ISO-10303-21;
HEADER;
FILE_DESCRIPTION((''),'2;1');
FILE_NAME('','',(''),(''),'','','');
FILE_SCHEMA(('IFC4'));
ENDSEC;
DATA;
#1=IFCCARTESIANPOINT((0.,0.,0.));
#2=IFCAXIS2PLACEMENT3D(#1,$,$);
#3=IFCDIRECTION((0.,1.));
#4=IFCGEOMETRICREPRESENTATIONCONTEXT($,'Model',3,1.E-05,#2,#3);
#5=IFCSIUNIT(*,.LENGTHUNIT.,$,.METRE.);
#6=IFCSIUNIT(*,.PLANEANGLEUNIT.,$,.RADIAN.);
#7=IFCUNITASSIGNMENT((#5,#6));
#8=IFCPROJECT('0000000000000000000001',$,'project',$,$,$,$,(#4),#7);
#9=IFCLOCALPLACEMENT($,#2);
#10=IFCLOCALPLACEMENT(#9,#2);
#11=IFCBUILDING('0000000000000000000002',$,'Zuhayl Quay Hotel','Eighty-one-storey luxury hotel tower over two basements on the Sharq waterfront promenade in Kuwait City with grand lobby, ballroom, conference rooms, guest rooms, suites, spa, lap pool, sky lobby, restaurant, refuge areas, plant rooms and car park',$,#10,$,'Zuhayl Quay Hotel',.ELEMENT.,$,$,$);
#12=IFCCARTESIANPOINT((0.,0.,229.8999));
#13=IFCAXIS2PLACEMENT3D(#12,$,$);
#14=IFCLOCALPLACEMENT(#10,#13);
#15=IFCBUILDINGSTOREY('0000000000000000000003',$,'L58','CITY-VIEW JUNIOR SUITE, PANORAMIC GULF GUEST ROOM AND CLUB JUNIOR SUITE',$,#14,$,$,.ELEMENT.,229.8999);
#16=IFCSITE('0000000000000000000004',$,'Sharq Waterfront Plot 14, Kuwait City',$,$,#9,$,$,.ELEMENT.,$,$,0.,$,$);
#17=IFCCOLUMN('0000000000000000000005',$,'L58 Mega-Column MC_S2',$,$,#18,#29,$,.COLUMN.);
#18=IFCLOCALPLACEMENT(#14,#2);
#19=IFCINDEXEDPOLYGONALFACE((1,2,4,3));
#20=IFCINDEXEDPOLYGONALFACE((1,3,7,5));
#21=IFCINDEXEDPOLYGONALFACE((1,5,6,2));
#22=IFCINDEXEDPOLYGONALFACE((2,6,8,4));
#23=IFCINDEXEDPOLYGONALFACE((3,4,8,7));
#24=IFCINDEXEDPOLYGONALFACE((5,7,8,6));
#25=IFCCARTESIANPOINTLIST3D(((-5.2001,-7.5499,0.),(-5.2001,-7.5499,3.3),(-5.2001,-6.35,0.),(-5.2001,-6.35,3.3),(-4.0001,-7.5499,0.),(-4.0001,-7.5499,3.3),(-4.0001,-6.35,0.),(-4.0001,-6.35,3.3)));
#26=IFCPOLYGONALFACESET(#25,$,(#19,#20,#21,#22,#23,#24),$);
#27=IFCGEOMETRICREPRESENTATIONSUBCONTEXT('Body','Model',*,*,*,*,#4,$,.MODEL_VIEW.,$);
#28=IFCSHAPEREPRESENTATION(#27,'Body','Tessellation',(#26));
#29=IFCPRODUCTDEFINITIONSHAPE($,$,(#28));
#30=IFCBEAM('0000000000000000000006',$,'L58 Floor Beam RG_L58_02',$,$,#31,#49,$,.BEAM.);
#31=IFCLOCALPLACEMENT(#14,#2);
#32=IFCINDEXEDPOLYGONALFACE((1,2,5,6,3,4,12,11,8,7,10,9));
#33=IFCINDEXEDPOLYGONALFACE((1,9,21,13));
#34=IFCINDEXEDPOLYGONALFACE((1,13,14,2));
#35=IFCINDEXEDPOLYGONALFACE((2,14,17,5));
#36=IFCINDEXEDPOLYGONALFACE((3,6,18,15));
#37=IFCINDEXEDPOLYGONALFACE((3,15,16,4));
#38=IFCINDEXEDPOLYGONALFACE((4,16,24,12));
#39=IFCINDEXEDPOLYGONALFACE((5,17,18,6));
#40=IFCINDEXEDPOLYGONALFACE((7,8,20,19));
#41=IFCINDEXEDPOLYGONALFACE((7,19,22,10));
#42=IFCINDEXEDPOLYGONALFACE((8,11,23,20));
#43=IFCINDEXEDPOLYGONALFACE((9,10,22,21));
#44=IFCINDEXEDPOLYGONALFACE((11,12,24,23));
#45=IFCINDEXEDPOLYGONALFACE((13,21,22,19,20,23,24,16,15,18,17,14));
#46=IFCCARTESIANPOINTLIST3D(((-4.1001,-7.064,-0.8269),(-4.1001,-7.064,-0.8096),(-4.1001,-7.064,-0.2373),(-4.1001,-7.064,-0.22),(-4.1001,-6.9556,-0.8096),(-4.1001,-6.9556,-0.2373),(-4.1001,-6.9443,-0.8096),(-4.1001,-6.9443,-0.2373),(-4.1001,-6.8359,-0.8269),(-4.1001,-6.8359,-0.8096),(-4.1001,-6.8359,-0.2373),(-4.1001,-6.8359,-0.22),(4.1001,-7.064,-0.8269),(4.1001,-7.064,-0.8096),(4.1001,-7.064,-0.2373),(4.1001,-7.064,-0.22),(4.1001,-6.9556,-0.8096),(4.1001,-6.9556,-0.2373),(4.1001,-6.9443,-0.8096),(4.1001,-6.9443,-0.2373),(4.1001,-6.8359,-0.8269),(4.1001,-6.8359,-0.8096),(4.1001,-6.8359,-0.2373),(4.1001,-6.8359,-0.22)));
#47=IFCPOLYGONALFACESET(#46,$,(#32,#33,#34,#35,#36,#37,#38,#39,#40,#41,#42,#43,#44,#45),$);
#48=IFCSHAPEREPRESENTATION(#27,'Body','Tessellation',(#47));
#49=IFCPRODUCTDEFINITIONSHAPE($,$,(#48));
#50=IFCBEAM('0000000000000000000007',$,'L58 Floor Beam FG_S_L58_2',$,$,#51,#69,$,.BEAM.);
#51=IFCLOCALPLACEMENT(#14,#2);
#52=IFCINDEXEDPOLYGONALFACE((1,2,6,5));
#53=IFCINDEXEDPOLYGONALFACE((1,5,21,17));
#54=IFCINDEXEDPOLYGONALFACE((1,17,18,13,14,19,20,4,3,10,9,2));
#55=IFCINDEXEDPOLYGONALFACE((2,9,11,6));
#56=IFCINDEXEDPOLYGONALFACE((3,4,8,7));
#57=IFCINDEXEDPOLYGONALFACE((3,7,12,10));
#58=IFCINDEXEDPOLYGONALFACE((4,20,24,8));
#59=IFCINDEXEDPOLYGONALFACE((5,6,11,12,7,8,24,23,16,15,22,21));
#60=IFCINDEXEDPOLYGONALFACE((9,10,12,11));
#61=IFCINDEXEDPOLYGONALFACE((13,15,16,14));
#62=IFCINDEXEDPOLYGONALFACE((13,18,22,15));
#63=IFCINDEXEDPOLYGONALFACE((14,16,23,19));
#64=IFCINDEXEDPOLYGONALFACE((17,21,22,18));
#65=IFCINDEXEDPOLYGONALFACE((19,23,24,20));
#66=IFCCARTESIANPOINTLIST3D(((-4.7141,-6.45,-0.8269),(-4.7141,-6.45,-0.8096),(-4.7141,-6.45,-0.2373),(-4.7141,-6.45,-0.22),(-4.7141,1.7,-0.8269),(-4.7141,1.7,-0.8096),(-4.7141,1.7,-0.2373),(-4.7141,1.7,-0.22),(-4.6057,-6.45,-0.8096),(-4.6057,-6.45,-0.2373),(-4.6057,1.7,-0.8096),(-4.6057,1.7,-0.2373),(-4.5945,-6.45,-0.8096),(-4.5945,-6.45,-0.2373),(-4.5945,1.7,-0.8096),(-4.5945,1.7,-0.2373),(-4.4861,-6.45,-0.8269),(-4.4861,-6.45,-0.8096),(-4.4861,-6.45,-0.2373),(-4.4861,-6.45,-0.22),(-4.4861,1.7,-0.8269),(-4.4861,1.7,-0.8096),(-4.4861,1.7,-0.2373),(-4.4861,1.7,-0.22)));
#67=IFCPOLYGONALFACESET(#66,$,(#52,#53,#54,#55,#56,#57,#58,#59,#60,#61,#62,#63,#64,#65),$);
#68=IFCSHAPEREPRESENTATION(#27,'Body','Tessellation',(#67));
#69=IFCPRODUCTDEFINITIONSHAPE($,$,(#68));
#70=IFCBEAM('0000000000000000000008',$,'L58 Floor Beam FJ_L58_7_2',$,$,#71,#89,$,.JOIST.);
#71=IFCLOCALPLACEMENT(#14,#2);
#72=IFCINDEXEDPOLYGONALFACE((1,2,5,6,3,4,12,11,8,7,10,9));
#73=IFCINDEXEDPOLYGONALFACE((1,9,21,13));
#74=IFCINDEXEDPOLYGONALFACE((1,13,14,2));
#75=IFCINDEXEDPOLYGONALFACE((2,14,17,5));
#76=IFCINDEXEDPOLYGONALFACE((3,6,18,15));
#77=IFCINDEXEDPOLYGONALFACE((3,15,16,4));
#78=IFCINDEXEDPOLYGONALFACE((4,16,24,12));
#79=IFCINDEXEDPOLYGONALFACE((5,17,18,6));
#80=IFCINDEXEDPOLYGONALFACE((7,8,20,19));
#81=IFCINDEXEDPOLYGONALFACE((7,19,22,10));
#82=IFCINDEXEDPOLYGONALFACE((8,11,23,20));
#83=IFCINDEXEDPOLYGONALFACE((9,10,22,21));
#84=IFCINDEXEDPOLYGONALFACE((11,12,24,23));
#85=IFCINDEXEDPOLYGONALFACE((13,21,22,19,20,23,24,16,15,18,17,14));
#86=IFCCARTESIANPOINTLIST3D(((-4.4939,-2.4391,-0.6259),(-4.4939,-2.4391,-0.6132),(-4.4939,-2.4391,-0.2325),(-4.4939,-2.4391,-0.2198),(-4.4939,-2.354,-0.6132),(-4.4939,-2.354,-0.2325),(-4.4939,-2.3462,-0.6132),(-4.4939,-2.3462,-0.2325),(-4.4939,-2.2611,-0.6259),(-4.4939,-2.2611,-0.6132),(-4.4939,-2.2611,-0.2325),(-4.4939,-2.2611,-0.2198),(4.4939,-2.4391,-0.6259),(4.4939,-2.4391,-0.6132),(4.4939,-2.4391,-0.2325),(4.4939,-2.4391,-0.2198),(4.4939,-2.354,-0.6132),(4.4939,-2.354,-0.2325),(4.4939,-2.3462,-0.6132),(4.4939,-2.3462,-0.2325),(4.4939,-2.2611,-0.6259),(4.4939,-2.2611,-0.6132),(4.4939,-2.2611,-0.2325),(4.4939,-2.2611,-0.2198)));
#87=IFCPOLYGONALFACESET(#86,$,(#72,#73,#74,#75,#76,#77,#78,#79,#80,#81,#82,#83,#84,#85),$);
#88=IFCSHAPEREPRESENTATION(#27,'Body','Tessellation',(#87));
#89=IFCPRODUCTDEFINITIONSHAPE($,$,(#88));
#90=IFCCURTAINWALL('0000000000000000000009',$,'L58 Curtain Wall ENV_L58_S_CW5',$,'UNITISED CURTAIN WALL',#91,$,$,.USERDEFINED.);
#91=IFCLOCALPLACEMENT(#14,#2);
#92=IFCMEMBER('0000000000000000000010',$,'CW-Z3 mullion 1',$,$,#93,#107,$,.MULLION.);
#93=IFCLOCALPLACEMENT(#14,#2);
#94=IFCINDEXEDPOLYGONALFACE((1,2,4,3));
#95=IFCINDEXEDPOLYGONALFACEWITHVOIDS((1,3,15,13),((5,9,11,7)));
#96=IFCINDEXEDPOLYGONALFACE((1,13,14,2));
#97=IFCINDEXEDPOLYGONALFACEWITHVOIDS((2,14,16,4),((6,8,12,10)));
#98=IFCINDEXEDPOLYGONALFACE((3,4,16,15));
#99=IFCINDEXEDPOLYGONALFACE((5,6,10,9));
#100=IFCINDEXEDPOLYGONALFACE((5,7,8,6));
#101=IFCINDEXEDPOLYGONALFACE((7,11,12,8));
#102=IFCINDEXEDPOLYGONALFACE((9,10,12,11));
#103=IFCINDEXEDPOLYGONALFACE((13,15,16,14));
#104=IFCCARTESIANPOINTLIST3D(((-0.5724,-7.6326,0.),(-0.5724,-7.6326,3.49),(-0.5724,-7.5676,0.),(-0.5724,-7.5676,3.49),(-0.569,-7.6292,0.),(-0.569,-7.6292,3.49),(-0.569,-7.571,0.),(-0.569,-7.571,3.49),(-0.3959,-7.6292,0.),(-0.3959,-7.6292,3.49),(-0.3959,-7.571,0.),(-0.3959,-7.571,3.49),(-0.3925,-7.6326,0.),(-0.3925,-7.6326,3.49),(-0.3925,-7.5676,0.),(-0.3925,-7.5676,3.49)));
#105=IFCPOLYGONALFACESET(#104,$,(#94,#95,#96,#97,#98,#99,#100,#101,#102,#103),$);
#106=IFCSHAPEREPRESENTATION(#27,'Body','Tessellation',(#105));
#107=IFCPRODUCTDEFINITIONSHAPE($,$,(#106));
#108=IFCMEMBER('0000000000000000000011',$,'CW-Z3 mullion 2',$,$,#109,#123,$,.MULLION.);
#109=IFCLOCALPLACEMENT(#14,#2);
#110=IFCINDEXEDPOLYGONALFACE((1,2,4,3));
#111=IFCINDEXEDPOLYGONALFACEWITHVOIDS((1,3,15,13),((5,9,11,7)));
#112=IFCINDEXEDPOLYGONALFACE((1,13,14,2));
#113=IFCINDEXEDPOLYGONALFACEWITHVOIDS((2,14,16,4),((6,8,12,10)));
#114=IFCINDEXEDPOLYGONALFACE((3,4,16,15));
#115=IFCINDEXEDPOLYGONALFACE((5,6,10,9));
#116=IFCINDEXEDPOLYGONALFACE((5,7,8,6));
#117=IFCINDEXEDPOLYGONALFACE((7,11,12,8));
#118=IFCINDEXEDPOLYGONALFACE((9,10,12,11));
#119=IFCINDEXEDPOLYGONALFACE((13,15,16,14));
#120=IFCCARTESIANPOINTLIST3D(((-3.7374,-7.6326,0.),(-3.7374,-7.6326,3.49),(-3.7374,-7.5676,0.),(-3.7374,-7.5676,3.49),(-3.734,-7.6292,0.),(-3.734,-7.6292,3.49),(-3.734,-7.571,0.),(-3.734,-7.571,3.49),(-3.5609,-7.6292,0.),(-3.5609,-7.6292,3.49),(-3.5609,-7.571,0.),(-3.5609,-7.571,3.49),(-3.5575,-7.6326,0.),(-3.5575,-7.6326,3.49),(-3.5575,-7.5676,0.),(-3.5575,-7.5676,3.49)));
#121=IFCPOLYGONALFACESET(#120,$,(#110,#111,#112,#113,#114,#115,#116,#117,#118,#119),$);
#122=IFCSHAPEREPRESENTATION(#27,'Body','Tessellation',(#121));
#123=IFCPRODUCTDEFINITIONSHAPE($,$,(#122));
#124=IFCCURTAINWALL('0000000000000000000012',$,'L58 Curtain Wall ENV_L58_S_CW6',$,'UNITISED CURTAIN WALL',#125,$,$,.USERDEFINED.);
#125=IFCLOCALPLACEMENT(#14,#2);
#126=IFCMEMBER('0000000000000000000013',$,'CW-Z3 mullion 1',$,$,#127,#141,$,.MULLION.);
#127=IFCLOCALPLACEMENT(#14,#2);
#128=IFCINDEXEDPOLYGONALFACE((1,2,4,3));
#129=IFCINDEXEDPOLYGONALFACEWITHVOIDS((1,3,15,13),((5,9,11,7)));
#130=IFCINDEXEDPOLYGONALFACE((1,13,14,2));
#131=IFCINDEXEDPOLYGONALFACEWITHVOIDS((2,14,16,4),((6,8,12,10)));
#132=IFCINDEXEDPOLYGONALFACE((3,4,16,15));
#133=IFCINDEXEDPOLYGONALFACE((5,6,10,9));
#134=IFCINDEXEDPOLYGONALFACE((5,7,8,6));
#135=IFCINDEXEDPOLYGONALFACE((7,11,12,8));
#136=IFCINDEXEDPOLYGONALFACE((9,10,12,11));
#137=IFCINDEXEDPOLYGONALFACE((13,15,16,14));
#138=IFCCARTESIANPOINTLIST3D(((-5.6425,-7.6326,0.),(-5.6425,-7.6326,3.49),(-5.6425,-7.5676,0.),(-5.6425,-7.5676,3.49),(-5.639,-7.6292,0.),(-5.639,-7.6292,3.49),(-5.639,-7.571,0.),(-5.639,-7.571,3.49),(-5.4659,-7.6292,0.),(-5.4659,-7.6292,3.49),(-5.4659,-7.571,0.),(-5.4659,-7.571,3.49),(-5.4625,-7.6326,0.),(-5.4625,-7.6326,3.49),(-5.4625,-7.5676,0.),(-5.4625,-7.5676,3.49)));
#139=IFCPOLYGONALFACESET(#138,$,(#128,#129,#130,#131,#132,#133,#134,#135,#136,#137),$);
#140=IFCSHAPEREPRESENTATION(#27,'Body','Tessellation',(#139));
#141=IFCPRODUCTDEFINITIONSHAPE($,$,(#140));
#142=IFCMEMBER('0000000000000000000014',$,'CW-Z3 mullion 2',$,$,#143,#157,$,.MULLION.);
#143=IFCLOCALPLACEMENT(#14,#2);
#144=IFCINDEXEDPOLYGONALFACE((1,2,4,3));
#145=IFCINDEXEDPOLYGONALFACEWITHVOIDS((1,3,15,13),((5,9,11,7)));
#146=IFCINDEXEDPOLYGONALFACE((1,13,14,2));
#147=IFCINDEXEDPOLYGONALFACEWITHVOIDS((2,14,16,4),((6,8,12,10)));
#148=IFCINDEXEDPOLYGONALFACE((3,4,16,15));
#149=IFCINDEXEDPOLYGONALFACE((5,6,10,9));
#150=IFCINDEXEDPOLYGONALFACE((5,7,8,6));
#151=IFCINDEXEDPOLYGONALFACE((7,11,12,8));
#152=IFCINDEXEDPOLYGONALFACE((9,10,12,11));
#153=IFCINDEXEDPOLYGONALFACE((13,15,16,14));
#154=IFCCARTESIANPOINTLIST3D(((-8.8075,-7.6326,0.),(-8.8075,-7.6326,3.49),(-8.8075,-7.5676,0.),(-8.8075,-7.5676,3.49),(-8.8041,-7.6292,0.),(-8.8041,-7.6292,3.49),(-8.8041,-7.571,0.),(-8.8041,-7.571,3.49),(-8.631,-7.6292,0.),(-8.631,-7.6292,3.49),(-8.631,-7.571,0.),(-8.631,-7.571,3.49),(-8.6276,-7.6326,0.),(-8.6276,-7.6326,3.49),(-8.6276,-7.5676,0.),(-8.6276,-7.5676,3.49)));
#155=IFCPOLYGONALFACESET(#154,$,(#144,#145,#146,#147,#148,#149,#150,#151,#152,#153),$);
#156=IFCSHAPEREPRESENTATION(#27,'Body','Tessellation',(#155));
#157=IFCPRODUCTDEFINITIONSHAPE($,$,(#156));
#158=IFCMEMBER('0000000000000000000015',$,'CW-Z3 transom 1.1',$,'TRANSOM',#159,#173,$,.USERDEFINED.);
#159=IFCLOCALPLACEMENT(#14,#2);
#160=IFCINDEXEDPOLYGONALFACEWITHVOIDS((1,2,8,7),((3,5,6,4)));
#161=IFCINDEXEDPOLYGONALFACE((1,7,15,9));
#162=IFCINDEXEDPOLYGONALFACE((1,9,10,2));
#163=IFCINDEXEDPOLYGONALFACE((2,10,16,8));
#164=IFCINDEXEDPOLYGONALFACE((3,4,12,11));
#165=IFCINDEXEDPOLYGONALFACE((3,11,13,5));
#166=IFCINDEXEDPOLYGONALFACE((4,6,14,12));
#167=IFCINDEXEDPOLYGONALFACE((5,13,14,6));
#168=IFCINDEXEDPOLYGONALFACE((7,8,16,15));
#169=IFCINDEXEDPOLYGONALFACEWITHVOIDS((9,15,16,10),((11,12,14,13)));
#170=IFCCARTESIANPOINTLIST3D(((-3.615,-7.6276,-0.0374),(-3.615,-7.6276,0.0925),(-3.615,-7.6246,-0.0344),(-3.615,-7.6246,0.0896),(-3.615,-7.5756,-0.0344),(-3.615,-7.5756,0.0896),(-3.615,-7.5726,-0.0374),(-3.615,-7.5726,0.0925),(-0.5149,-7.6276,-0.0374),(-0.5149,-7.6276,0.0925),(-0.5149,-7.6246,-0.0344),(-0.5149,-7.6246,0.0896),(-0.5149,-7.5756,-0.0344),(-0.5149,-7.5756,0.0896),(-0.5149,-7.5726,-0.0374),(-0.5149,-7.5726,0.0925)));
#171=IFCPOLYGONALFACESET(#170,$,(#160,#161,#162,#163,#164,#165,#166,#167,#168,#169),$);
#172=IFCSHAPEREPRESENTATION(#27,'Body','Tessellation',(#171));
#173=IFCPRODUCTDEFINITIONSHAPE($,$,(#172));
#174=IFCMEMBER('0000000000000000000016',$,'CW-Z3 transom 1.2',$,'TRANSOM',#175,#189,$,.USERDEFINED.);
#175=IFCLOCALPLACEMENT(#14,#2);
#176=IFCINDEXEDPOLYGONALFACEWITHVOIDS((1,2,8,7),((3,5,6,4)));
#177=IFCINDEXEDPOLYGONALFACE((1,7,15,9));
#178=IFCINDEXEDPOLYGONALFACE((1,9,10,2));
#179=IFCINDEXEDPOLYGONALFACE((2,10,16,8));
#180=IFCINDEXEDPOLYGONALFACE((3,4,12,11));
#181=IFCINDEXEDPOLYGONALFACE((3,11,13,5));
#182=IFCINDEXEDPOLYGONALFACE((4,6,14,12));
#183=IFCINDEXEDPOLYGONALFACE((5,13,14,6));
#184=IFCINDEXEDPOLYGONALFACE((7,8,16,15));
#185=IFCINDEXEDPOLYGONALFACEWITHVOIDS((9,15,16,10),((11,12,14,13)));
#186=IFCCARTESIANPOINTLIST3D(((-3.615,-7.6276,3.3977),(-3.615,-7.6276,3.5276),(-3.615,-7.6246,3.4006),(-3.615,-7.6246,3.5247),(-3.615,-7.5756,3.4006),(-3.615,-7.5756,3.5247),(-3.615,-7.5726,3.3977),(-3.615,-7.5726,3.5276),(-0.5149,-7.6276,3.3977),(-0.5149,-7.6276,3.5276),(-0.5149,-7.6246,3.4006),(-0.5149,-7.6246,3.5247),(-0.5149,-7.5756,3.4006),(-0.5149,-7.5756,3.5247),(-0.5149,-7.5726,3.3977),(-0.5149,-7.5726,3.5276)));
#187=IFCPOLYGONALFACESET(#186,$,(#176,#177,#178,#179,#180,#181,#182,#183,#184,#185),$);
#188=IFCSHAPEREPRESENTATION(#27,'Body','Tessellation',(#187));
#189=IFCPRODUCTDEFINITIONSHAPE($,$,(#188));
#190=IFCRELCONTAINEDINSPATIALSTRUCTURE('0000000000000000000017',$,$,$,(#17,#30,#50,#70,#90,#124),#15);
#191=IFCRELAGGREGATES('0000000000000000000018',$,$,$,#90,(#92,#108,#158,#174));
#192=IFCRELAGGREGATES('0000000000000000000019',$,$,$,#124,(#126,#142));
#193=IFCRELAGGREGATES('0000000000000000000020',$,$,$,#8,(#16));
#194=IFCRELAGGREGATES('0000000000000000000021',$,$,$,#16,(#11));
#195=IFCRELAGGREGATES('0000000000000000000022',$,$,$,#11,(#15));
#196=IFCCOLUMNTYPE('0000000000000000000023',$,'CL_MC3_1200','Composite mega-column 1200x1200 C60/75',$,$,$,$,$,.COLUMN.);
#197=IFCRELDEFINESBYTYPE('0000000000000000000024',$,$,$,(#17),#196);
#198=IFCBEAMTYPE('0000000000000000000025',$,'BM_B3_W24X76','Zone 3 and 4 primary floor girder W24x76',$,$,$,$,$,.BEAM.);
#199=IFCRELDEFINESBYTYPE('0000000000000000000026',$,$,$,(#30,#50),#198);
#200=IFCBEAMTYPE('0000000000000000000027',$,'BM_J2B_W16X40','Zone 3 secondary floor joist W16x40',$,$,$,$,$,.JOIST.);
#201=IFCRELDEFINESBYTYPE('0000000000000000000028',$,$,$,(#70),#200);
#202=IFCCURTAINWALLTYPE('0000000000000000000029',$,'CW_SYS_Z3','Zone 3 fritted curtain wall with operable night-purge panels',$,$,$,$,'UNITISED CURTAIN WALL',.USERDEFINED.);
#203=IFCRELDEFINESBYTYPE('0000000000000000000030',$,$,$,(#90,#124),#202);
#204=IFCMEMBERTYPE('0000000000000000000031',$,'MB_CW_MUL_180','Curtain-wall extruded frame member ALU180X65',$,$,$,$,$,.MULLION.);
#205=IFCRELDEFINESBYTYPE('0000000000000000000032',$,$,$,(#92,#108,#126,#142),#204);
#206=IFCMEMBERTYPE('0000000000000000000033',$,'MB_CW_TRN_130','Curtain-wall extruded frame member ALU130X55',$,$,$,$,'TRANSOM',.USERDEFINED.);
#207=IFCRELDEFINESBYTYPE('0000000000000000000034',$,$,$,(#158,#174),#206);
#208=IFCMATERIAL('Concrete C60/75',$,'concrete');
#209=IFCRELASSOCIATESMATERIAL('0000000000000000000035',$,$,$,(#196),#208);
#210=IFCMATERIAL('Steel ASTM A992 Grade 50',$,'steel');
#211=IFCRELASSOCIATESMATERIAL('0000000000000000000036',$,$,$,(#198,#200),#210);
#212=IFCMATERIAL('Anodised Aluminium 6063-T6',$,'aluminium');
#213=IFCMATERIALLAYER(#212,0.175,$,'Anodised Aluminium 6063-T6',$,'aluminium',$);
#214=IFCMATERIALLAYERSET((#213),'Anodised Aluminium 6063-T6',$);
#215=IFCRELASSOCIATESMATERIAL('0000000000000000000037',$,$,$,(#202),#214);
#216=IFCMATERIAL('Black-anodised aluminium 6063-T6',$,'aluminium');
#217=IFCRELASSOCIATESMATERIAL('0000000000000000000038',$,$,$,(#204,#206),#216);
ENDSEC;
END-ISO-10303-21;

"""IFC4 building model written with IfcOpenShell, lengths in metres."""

from ifc_helpers import new_model, si_unit, direction, frame, origin, origin_2d, place, context, subcontext, project, spatial, rectangle, hollow_rectangle, i_section, extrude, material, layer, layer_set, material_profile, profile_set, type_object, element, aggregate, save


model = new_model("IFC4")

# Units and contexts
model_context = context("Model", 3, precision=1e-05, world=origin(), true_north=direction((0.0, 1.0)))
body_context = subcontext(model_context, "Body", "Model", "MODEL_VIEW")
ifc_project = project(units=[si_unit("LENGTHUNIT", "METRE"), si_unit("PLANEANGLEUNIT", "RADIAN")], contexts=[model_context])

# Site, building, storey
site_placement = place(None, origin())
site = spatial("IfcSite", under=ifc_project, at=site_placement, Name="Sharq Waterfront Plot 14, Kuwait City", CompositionType="ELEMENT", RefElevation=0.0)
building_placement = place(site_placement, origin())
building = spatial("IfcBuilding", under=site, at=building_placement, Name="Zuhayl Quay Hotel", Description="Eighty-one-storey luxury hotel tower over two basements on the Sharq waterfront promenade in Kuwait City with grand lobby, ballroom, conference rooms, guest rooms, suites, spa, lap pool, sky lobby, restaurant, refuge areas, plant rooms and car park", LongName="Zuhayl Quay Hotel", CompositionType="ELEMENT")
storey_placement = place(building_placement, frame((0.0, 0.0, 229.8999)))
storey = spatial("IfcBuildingStorey", under=building, at=storey_placement, Name="L58", Description="CITY-VIEW JUNIOR SUITE, PANORAMIC GULF GUEST ROOM AND CLUB JUNIOR SUITE", CompositionType="ELEMENT", Elevation=229.8999)

# Column
ifc_material_1 = material(Name="Concrete C60/75", Category="concrete")
ifc_material_profile_1 = material_profile(ifc_material_1, rectangle(XDim=1.2, YDim=1.2, at=origin_2d()), Name="RC1200X1200")
ifc_profile_set_1 = profile_set([ifc_material_profile_1], Name="Concrete C60/75")
column_type = type_object("IfcColumnType", Name="CL_MC3_1200", Description="Composite mega-column 1200x1200 C60/75", PredefinedType="COLUMN", material=ifc_profile_set_1)
column_placement = place(storey_placement, frame((-4.6001, -6.95, 0.0), z_axis=(0.0, 0.0, 1.0), x_axis=(1.0, 0.0, 0.0)))
element("IfcColumn", 1, at=column_placement, inside=storey, type_object=column_type, Name="L58 Mega-Column MC_S2", PredefinedType="COLUMN", context=body_context, shape_type="SweptSolid", body=[
    extrude(rectangle(XDim=1.2, YDim=1.2, at=origin_2d()), origin(), (0.0, 0.0, 1.0), 3.3),
])

# Beams
ifc_material_2 = material(Name="Steel ASTM A992 Grade 50", Category="steel")
ifc_material_profile_2 = material_profile(ifc_material_2, i_section(OverallWidth=0.228, OverallDepth=0.6069, WebThickness=0.0112, FlangeThickness=0.0173, at=origin_2d()), Name="W24X76")
ifc_profile_set_2 = profile_set([ifc_material_profile_2], Name="Steel ASTM A992 Grade 50")
beam_type_1 = type_object("IfcBeamType", Name="BM_B3_W24X76", Description="Zone 3 and 4 primary floor girder W24x76", PredefinedType="BEAM", material=ifc_profile_set_2)
beam_1_placement = place(storey_placement, frame((-4.1001, -6.95, -0.5234), z_axis=(1.0, 0.0, 0.0), x_axis=(0.0, 1.0, 0.0)))
element("IfcBeam", 2, at=beam_1_placement, inside=storey, type_object=beam_type_1, Name="L58 Floor Beam RG_L58_02", PredefinedType="BEAM", context=body_context, shape_type="SweptSolid", body=[
    extrude(i_section(OverallWidth=0.228, OverallDepth=0.6069, WebThickness=0.0112, FlangeThickness=0.0173, at=origin_2d()), origin(), (0.0, 0.0, 1.0), 8.2002),
])
beam_2_placement = place(storey_placement, frame((-4.6001, -6.45, -0.5234), z_axis=(0.0, 1.0, 0.0), x_axis=(-1.0, 0.0, 0.0)))
element("IfcBeam", 3, at=beam_2_placement, inside=storey, type_object=beam_type_1, Name="L58 Floor Beam FG_S_L58_2", PredefinedType="BEAM", context=body_context, shape_type="SweptSolid", body=[
    extrude(i_section(OverallWidth=0.228, OverallDepth=0.6069, WebThickness=0.0112, FlangeThickness=0.0173, at=origin_2d()), origin(), (0.0, 0.0, 1.0), 8.1499),
])
ifc_material_profile_3 = material_profile(ifc_material_2, i_section(OverallWidth=0.178, OverallDepth=0.406, WebThickness=0.0078, FlangeThickness=0.0127, at=origin_2d()), Name="W16X40")
ifc_profile_set_3 = profile_set([ifc_material_profile_3], Name="Steel ASTM A992 Grade 50")
beam_type_2 = type_object("IfcBeamType", Name="BM_J2B_W16X40", Description="Zone 3 secondary floor joist W16x40", PredefinedType="JOIST", material=ifc_profile_set_3)
beam_3_placement = place(storey_placement, frame((-4.4939, -2.3501, -0.4229), z_axis=(1.0, 0.0, 0.0), x_axis=(0.0, 1.0, 0.0)))
element("IfcBeam", 4, at=beam_3_placement, inside=storey, type_object=beam_type_2, Name="L58 Floor Beam FJ_L58_7_2", PredefinedType="JOIST", context=body_context, shape_type="SweptSolid", body=[
    extrude(i_section(OverallWidth=0.178, OverallDepth=0.406, WebThickness=0.0078, FlangeThickness=0.0127, at=origin_2d()), origin(), (0.0, 0.0, 1.0), 8.9878),
])

# Curtain walls, members
ifc_material_3 = material(Name="Anodised Aluminium 6063-T6", Category="aluminium")
ifc_layer_1 = layer(ifc_material_3, 0.175, Name="Anodised Aluminium 6063-T6", Category="aluminium")
ifc_layer_set_1 = layer_set([ifc_layer_1], Name="Anodised Aluminium 6063-T6")
curtain_wall_type = type_object("IfcCurtainWallType", Name="CW_SYS_Z3", Description="Zone 3 fritted curtain wall with operable night-purge panels", ElementType="UNITISED CURTAIN WALL", PredefinedType="USERDEFINED", material=ifc_layer_set_1)
curtain_wall_1_placement = place(storey_placement, origin())
curtain_wall_1 = element("IfcCurtainWall", 5, at=curtain_wall_1_placement, inside=storey, type_object=curtain_wall_type, Name="L58 Curtain Wall ENV_L58_S_CW5", ObjectType="UNITISED CURTAIN WALL", PredefinedType="USERDEFINED")
ifc_material_4 = material(Name="Black-anodised aluminium 6063-T6", Category="aluminium")
ifc_material_profile_4 = material_profile(ifc_material_4, hollow_rectangle(XDim=0.0649, YDim=0.1799, WallThickness=0.0034, at=origin_2d()), Name="ALU180X65")
ifc_profile_set_4 = profile_set([ifc_material_profile_4], Name="Black-anodised aluminium 6063-T6")
member_type_1 = type_object("IfcMemberType", Name="MB_CW_MUL_180", Description="Curtain-wall extruded frame member ALU180X65", PredefinedType="MULLION", material=ifc_profile_set_4)
member_1_placement = place(storey_placement, frame((-0.4824, -7.6001, 0.0), z_axis=(0.0, 0.0, 1.0), x_axis=(0.0, -1.0, 0.0)))
member_1 = element("IfcMember", 6, at=member_1_placement, type_object=member_type_1, Name="CW-Z3 mullion 1", PredefinedType="MULLION", context=body_context, shape_type="SweptSolid", body=[
    extrude(hollow_rectangle(XDim=0.0649, YDim=0.1799, WallThickness=0.0034, at=origin_2d()), origin(), (0.0, 0.0, 1.0), 3.49),
])
member_2_placement = place(storey_placement, frame((-3.6475, -7.6001, 0.0), z_axis=(0.0, 0.0, 1.0), x_axis=(0.0, -1.0, 0.0)))
member_2 = element("IfcMember", 7, at=member_2_placement, type_object=member_type_1, Name="CW-Z3 mullion 2", PredefinedType="MULLION", context=body_context, shape_type="SweptSolid", body=[
    extrude(hollow_rectangle(XDim=0.0649, YDim=0.1799, WallThickness=0.0034, at=origin_2d()), origin(), (0.0, 0.0, 1.0), 3.49),
])
curtain_wall_2_placement = place(storey_placement, origin())
curtain_wall_2 = element("IfcCurtainWall", 8, at=curtain_wall_2_placement, inside=storey, type_object=curtain_wall_type, Name="L58 Curtain Wall ENV_L58_S_CW6", ObjectType="UNITISED CURTAIN WALL", PredefinedType="USERDEFINED")
member_3_placement = place(storey_placement, frame((-5.5525, -7.6001, 0.0), z_axis=(0.0, 0.0, 1.0), x_axis=(0.0, -1.0, 0.0)))
member_3 = element("IfcMember", 9, at=member_3_placement, type_object=member_type_1, Name="CW-Z3 mullion 1", PredefinedType="MULLION", context=body_context, shape_type="SweptSolid", body=[
    extrude(hollow_rectangle(XDim=0.0649, YDim=0.1799, WallThickness=0.0034, at=origin_2d()), origin(), (0.0, 0.0, 1.0), 3.49),
])
member_4_placement = place(storey_placement, frame((-8.7175, -7.6001, 0.0), z_axis=(0.0, 0.0, 1.0), x_axis=(0.0, -1.0, 0.0)))
member_4 = element("IfcMember", 10, at=member_4_placement, type_object=member_type_1, Name="CW-Z3 mullion 2", PredefinedType="MULLION", context=body_context, shape_type="SweptSolid", body=[
    extrude(hollow_rectangle(XDim=0.0649, YDim=0.1799, WallThickness=0.0034, at=origin_2d()), origin(), (0.0, 0.0, 1.0), 3.49),
])

# Members
ifc_material_profile_5 = material_profile(ifc_material_4, hollow_rectangle(XDim=0.0549, YDim=0.1299, WallThickness=0.0029, at=origin_2d()), Name="ALU130X55")
ifc_profile_set_5 = profile_set([ifc_material_profile_5], Name="Black-anodised aluminium 6063-T6")
member_type_2 = type_object("IfcMemberType", Name="MB_CW_TRN_130", Description="Curtain-wall extruded frame member ALU130X55", ElementType="TRANSOM", PredefinedType="USERDEFINED", material=ifc_profile_set_5)
member_5_placement = place(storey_placement, frame((-0.5149, -7.6001, 0.0276), z_axis=(-1.0, 0.0, 0.0), x_axis=(0.0, -1.0, 0.0)))
member_5 = element("IfcMember", 11, at=member_5_placement, type_object=member_type_2, Name="CW-Z3 transom 1.1", ObjectType="TRANSOM", PredefinedType="USERDEFINED", context=body_context, shape_type="SweptSolid", body=[
    extrude(hollow_rectangle(XDim=0.0549, YDim=0.1299, WallThickness=0.0029, at=origin_2d()), origin(), (0.0, 0.0, 1.0), 3.1001),
])
member_6_placement = place(storey_placement, frame((-0.5149, -7.6001, 3.4626), z_axis=(-1.0, 0.0, 0.0), x_axis=(0.0, -1.0, 0.0)))
member_6 = element("IfcMember", 12, at=member_6_placement, type_object=member_type_2, Name="CW-Z3 transom 1.2", ObjectType="TRANSOM", PredefinedType="USERDEFINED", context=body_context, shape_type="SweptSolid", body=[
    extrude(hollow_rectangle(XDim=0.0549, YDim=0.1299, WallThickness=0.0029, at=origin_2d()), origin(), (0.0, 0.0, 1.0), 3.1001),
])

aggregate(curtain_wall_1, [member_1, member_2, member_5, member_6])
aggregate(curtain_wall_2, [member_3, member_4])

save(model, "model.ifc")
